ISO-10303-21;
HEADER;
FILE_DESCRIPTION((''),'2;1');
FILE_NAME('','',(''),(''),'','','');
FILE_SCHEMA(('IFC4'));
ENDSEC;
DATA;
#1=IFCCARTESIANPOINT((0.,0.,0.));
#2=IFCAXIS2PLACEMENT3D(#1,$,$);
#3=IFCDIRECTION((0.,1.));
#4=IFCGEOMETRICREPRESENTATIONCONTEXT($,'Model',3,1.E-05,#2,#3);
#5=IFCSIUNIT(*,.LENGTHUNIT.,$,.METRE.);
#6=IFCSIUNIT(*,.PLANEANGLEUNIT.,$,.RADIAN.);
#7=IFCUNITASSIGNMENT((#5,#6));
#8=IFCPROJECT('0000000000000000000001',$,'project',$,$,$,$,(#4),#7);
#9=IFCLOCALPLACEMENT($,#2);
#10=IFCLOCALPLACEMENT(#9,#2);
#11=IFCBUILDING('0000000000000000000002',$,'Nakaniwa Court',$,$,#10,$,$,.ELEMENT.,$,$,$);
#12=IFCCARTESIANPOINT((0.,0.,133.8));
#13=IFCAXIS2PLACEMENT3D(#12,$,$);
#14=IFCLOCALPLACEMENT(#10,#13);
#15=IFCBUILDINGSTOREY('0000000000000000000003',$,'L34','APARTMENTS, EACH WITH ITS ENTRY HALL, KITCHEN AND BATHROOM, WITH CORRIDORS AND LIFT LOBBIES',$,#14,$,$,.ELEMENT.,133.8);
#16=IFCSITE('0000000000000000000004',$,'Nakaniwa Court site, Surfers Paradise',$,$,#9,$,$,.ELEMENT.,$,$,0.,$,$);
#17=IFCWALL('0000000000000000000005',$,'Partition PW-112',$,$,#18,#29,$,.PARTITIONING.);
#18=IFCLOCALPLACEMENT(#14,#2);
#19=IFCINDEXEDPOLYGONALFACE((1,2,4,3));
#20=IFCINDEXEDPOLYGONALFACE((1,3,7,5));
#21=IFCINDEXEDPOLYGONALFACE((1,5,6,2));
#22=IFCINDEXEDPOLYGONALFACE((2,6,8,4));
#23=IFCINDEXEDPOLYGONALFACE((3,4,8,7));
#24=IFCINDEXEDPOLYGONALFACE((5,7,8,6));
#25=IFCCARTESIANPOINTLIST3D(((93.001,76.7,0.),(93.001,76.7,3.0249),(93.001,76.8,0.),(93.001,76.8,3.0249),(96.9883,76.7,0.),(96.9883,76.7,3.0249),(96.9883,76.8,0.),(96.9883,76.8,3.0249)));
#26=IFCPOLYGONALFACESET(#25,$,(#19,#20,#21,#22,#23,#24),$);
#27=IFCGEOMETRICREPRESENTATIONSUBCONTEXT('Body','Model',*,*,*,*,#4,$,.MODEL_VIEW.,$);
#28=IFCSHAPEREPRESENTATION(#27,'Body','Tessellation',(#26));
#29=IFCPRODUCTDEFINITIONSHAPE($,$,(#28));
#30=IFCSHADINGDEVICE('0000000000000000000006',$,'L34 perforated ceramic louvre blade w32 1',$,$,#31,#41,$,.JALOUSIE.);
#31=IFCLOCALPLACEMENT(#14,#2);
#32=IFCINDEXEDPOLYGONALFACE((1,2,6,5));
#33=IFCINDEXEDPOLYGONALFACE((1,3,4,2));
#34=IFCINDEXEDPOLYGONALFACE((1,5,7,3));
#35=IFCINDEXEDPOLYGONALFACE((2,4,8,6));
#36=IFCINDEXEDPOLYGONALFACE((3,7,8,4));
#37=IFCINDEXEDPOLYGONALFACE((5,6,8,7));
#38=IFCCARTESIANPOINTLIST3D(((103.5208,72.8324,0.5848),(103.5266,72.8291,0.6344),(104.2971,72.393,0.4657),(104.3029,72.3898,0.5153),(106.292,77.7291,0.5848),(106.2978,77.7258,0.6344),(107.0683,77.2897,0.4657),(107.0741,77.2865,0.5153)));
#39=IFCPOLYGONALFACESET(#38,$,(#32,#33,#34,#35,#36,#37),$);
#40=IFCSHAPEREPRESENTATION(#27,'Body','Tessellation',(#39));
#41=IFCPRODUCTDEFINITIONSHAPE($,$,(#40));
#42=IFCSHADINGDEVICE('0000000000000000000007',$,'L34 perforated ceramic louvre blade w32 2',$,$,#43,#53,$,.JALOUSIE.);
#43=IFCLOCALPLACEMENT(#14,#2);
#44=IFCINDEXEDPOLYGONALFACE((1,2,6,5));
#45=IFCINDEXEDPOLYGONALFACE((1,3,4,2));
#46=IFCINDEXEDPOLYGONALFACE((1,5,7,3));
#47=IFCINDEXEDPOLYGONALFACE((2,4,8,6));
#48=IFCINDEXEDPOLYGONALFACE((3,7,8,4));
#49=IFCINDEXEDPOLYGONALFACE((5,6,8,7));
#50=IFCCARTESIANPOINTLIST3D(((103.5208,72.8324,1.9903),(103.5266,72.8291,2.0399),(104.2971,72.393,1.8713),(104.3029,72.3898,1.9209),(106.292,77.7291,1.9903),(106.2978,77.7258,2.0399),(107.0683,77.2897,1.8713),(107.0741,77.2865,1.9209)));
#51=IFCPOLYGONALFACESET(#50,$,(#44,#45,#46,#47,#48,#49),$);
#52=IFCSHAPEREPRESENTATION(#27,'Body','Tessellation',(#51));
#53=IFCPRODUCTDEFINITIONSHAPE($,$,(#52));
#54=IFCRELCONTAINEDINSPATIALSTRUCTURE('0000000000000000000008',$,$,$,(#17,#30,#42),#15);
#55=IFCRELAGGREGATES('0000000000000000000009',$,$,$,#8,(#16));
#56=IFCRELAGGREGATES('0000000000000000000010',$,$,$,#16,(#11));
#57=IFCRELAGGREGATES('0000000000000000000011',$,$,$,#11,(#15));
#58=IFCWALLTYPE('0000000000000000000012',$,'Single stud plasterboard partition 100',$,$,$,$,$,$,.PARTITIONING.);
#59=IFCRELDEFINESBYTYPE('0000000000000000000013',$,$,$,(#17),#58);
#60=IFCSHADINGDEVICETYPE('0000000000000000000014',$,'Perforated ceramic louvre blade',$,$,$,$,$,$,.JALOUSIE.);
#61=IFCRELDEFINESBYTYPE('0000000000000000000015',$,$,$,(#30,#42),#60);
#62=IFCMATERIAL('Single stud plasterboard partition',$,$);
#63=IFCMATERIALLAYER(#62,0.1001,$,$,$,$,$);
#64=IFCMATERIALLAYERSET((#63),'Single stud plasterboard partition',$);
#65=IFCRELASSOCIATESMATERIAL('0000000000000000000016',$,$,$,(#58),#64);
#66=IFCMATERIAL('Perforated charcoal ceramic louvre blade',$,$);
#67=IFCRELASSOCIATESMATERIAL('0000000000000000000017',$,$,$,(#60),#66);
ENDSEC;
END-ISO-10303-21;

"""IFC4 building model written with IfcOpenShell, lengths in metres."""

from ifc_helpers import new_model, si_unit, direction, frame, frame_2d, origin, origin_2d, place, context, subcontext, project, spatial, rectangle, extrude, material, layer, layer_set, material_profile, profile_set, type_object, element, save


model = new_model("IFC4")

# Units and contexts
model_context = context("Model", 3, precision=1e-05, world=origin(), true_north=direction((0.0, 1.0)))
body_context = subcontext(model_context, "Body", "Model", "MODEL_VIEW")
ifc_project = project(units=[si_unit("LENGTHUNIT", "METRE"), si_unit("PLANEANGLEUNIT", "RADIAN")], contexts=[model_context])

# Site, building, storey
site_placement = place(None, origin())
site = spatial("IfcSite", under=ifc_project, at=site_placement, Name="Nakaniwa Court site, Surfers Paradise", CompositionType="ELEMENT", RefElevation=0.0)
building_placement = place(site_placement, origin())
building = spatial("IfcBuilding", under=site, at=building_placement, Name="Nakaniwa Court", CompositionType="ELEMENT")
storey_placement = place(building_placement, frame((0.0, 0.0, 133.8)))
storey = spatial("IfcBuildingStorey", under=building, at=storey_placement, Name="L34", Description="APARTMENTS, EACH WITH ITS ENTRY HALL, KITCHEN AND BATHROOM, WITH CORRIDORS AND LIFT LOBBIES", CompositionType="ELEMENT", Elevation=133.8)

# Wall
ifc_material_1 = material(Name="Single stud plasterboard partition")
ifc_layer_1 = layer(ifc_material_1, 0.1001)
ifc_layer_set_1 = layer_set([ifc_layer_1], Name="Single stud plasterboard partition")
wall_type_1 = type_object("IfcWallType", Name="Single stud plasterboard partition 100", PredefinedType="PARTITIONING", material=ifc_layer_set_1)
wall_1_placement = place(storey_placement, frame((93.001, 76.75, 0.0), z_axis=(0.0, 0.0, 1.0), x_axis=(1.0, 0.0, 0.0)))
element("IfcWall", 1, at=wall_1_placement, inside=storey, type_object=wall_type_1, Name="Partition PW-112", PredefinedType="PARTITIONING", context=body_context, shape_type="SweptSolid", body=[
    extrude(rectangle(XDim=3.9873, YDim=0.1001, at=frame_2d((1.9937, 0.0))), origin(), (0.0, 0.0, 1.0), 3.0249),
])

# Shading devices
ifc_material_2 = material(Name="Perforated charcoal ceramic louvre blade")
ifc_material_profile_1 = material_profile(ifc_material_2, rectangle(XDim=0.8999, YDim=0.05, at=origin_2d()), Name="Perforated ceramic louvre blade")
ifc_profile_set_1 = profile_set([ifc_material_profile_1], Name="Perforated charcoal ceramic louvre blade")
shading_device_type = type_object("IfcShadingDeviceType", Name="Perforated ceramic louvre blade", PredefinedType="JALOUSIE", material=ifc_profile_set_1)
for number, where, z_axis, x_axis, name in (
    (2, (103.9119, 72.6111, 0.55), (0.492532, 0.870294, 0.0), (-0.862649, 0.488205, 0.132256), "L34 perforated ceramic louvre blade w32 1"),
    (3, (103.9119, 72.6111, 1.9556), (0.492532, 0.870294, 0.0), (-0.862649, 0.488205, 0.132256), "L34 perforated ceramic louvre blade w32 2"),
):
    element("IfcShadingDevice", number, at=place(storey_placement, frame(where, z_axis=z_axis, x_axis=x_axis)), inside=storey, type_object=shading_device_type, Name=name, PredefinedType="JALOUSIE", context=body_context, shape_type="SweptSolid", body=[
        extrude(rectangle(XDim=0.8999, YDim=0.05, at=origin_2d()), origin(), (0.0, 0.0, 1.0), 5.6265),
    ])

save(model, "model.ifc")
